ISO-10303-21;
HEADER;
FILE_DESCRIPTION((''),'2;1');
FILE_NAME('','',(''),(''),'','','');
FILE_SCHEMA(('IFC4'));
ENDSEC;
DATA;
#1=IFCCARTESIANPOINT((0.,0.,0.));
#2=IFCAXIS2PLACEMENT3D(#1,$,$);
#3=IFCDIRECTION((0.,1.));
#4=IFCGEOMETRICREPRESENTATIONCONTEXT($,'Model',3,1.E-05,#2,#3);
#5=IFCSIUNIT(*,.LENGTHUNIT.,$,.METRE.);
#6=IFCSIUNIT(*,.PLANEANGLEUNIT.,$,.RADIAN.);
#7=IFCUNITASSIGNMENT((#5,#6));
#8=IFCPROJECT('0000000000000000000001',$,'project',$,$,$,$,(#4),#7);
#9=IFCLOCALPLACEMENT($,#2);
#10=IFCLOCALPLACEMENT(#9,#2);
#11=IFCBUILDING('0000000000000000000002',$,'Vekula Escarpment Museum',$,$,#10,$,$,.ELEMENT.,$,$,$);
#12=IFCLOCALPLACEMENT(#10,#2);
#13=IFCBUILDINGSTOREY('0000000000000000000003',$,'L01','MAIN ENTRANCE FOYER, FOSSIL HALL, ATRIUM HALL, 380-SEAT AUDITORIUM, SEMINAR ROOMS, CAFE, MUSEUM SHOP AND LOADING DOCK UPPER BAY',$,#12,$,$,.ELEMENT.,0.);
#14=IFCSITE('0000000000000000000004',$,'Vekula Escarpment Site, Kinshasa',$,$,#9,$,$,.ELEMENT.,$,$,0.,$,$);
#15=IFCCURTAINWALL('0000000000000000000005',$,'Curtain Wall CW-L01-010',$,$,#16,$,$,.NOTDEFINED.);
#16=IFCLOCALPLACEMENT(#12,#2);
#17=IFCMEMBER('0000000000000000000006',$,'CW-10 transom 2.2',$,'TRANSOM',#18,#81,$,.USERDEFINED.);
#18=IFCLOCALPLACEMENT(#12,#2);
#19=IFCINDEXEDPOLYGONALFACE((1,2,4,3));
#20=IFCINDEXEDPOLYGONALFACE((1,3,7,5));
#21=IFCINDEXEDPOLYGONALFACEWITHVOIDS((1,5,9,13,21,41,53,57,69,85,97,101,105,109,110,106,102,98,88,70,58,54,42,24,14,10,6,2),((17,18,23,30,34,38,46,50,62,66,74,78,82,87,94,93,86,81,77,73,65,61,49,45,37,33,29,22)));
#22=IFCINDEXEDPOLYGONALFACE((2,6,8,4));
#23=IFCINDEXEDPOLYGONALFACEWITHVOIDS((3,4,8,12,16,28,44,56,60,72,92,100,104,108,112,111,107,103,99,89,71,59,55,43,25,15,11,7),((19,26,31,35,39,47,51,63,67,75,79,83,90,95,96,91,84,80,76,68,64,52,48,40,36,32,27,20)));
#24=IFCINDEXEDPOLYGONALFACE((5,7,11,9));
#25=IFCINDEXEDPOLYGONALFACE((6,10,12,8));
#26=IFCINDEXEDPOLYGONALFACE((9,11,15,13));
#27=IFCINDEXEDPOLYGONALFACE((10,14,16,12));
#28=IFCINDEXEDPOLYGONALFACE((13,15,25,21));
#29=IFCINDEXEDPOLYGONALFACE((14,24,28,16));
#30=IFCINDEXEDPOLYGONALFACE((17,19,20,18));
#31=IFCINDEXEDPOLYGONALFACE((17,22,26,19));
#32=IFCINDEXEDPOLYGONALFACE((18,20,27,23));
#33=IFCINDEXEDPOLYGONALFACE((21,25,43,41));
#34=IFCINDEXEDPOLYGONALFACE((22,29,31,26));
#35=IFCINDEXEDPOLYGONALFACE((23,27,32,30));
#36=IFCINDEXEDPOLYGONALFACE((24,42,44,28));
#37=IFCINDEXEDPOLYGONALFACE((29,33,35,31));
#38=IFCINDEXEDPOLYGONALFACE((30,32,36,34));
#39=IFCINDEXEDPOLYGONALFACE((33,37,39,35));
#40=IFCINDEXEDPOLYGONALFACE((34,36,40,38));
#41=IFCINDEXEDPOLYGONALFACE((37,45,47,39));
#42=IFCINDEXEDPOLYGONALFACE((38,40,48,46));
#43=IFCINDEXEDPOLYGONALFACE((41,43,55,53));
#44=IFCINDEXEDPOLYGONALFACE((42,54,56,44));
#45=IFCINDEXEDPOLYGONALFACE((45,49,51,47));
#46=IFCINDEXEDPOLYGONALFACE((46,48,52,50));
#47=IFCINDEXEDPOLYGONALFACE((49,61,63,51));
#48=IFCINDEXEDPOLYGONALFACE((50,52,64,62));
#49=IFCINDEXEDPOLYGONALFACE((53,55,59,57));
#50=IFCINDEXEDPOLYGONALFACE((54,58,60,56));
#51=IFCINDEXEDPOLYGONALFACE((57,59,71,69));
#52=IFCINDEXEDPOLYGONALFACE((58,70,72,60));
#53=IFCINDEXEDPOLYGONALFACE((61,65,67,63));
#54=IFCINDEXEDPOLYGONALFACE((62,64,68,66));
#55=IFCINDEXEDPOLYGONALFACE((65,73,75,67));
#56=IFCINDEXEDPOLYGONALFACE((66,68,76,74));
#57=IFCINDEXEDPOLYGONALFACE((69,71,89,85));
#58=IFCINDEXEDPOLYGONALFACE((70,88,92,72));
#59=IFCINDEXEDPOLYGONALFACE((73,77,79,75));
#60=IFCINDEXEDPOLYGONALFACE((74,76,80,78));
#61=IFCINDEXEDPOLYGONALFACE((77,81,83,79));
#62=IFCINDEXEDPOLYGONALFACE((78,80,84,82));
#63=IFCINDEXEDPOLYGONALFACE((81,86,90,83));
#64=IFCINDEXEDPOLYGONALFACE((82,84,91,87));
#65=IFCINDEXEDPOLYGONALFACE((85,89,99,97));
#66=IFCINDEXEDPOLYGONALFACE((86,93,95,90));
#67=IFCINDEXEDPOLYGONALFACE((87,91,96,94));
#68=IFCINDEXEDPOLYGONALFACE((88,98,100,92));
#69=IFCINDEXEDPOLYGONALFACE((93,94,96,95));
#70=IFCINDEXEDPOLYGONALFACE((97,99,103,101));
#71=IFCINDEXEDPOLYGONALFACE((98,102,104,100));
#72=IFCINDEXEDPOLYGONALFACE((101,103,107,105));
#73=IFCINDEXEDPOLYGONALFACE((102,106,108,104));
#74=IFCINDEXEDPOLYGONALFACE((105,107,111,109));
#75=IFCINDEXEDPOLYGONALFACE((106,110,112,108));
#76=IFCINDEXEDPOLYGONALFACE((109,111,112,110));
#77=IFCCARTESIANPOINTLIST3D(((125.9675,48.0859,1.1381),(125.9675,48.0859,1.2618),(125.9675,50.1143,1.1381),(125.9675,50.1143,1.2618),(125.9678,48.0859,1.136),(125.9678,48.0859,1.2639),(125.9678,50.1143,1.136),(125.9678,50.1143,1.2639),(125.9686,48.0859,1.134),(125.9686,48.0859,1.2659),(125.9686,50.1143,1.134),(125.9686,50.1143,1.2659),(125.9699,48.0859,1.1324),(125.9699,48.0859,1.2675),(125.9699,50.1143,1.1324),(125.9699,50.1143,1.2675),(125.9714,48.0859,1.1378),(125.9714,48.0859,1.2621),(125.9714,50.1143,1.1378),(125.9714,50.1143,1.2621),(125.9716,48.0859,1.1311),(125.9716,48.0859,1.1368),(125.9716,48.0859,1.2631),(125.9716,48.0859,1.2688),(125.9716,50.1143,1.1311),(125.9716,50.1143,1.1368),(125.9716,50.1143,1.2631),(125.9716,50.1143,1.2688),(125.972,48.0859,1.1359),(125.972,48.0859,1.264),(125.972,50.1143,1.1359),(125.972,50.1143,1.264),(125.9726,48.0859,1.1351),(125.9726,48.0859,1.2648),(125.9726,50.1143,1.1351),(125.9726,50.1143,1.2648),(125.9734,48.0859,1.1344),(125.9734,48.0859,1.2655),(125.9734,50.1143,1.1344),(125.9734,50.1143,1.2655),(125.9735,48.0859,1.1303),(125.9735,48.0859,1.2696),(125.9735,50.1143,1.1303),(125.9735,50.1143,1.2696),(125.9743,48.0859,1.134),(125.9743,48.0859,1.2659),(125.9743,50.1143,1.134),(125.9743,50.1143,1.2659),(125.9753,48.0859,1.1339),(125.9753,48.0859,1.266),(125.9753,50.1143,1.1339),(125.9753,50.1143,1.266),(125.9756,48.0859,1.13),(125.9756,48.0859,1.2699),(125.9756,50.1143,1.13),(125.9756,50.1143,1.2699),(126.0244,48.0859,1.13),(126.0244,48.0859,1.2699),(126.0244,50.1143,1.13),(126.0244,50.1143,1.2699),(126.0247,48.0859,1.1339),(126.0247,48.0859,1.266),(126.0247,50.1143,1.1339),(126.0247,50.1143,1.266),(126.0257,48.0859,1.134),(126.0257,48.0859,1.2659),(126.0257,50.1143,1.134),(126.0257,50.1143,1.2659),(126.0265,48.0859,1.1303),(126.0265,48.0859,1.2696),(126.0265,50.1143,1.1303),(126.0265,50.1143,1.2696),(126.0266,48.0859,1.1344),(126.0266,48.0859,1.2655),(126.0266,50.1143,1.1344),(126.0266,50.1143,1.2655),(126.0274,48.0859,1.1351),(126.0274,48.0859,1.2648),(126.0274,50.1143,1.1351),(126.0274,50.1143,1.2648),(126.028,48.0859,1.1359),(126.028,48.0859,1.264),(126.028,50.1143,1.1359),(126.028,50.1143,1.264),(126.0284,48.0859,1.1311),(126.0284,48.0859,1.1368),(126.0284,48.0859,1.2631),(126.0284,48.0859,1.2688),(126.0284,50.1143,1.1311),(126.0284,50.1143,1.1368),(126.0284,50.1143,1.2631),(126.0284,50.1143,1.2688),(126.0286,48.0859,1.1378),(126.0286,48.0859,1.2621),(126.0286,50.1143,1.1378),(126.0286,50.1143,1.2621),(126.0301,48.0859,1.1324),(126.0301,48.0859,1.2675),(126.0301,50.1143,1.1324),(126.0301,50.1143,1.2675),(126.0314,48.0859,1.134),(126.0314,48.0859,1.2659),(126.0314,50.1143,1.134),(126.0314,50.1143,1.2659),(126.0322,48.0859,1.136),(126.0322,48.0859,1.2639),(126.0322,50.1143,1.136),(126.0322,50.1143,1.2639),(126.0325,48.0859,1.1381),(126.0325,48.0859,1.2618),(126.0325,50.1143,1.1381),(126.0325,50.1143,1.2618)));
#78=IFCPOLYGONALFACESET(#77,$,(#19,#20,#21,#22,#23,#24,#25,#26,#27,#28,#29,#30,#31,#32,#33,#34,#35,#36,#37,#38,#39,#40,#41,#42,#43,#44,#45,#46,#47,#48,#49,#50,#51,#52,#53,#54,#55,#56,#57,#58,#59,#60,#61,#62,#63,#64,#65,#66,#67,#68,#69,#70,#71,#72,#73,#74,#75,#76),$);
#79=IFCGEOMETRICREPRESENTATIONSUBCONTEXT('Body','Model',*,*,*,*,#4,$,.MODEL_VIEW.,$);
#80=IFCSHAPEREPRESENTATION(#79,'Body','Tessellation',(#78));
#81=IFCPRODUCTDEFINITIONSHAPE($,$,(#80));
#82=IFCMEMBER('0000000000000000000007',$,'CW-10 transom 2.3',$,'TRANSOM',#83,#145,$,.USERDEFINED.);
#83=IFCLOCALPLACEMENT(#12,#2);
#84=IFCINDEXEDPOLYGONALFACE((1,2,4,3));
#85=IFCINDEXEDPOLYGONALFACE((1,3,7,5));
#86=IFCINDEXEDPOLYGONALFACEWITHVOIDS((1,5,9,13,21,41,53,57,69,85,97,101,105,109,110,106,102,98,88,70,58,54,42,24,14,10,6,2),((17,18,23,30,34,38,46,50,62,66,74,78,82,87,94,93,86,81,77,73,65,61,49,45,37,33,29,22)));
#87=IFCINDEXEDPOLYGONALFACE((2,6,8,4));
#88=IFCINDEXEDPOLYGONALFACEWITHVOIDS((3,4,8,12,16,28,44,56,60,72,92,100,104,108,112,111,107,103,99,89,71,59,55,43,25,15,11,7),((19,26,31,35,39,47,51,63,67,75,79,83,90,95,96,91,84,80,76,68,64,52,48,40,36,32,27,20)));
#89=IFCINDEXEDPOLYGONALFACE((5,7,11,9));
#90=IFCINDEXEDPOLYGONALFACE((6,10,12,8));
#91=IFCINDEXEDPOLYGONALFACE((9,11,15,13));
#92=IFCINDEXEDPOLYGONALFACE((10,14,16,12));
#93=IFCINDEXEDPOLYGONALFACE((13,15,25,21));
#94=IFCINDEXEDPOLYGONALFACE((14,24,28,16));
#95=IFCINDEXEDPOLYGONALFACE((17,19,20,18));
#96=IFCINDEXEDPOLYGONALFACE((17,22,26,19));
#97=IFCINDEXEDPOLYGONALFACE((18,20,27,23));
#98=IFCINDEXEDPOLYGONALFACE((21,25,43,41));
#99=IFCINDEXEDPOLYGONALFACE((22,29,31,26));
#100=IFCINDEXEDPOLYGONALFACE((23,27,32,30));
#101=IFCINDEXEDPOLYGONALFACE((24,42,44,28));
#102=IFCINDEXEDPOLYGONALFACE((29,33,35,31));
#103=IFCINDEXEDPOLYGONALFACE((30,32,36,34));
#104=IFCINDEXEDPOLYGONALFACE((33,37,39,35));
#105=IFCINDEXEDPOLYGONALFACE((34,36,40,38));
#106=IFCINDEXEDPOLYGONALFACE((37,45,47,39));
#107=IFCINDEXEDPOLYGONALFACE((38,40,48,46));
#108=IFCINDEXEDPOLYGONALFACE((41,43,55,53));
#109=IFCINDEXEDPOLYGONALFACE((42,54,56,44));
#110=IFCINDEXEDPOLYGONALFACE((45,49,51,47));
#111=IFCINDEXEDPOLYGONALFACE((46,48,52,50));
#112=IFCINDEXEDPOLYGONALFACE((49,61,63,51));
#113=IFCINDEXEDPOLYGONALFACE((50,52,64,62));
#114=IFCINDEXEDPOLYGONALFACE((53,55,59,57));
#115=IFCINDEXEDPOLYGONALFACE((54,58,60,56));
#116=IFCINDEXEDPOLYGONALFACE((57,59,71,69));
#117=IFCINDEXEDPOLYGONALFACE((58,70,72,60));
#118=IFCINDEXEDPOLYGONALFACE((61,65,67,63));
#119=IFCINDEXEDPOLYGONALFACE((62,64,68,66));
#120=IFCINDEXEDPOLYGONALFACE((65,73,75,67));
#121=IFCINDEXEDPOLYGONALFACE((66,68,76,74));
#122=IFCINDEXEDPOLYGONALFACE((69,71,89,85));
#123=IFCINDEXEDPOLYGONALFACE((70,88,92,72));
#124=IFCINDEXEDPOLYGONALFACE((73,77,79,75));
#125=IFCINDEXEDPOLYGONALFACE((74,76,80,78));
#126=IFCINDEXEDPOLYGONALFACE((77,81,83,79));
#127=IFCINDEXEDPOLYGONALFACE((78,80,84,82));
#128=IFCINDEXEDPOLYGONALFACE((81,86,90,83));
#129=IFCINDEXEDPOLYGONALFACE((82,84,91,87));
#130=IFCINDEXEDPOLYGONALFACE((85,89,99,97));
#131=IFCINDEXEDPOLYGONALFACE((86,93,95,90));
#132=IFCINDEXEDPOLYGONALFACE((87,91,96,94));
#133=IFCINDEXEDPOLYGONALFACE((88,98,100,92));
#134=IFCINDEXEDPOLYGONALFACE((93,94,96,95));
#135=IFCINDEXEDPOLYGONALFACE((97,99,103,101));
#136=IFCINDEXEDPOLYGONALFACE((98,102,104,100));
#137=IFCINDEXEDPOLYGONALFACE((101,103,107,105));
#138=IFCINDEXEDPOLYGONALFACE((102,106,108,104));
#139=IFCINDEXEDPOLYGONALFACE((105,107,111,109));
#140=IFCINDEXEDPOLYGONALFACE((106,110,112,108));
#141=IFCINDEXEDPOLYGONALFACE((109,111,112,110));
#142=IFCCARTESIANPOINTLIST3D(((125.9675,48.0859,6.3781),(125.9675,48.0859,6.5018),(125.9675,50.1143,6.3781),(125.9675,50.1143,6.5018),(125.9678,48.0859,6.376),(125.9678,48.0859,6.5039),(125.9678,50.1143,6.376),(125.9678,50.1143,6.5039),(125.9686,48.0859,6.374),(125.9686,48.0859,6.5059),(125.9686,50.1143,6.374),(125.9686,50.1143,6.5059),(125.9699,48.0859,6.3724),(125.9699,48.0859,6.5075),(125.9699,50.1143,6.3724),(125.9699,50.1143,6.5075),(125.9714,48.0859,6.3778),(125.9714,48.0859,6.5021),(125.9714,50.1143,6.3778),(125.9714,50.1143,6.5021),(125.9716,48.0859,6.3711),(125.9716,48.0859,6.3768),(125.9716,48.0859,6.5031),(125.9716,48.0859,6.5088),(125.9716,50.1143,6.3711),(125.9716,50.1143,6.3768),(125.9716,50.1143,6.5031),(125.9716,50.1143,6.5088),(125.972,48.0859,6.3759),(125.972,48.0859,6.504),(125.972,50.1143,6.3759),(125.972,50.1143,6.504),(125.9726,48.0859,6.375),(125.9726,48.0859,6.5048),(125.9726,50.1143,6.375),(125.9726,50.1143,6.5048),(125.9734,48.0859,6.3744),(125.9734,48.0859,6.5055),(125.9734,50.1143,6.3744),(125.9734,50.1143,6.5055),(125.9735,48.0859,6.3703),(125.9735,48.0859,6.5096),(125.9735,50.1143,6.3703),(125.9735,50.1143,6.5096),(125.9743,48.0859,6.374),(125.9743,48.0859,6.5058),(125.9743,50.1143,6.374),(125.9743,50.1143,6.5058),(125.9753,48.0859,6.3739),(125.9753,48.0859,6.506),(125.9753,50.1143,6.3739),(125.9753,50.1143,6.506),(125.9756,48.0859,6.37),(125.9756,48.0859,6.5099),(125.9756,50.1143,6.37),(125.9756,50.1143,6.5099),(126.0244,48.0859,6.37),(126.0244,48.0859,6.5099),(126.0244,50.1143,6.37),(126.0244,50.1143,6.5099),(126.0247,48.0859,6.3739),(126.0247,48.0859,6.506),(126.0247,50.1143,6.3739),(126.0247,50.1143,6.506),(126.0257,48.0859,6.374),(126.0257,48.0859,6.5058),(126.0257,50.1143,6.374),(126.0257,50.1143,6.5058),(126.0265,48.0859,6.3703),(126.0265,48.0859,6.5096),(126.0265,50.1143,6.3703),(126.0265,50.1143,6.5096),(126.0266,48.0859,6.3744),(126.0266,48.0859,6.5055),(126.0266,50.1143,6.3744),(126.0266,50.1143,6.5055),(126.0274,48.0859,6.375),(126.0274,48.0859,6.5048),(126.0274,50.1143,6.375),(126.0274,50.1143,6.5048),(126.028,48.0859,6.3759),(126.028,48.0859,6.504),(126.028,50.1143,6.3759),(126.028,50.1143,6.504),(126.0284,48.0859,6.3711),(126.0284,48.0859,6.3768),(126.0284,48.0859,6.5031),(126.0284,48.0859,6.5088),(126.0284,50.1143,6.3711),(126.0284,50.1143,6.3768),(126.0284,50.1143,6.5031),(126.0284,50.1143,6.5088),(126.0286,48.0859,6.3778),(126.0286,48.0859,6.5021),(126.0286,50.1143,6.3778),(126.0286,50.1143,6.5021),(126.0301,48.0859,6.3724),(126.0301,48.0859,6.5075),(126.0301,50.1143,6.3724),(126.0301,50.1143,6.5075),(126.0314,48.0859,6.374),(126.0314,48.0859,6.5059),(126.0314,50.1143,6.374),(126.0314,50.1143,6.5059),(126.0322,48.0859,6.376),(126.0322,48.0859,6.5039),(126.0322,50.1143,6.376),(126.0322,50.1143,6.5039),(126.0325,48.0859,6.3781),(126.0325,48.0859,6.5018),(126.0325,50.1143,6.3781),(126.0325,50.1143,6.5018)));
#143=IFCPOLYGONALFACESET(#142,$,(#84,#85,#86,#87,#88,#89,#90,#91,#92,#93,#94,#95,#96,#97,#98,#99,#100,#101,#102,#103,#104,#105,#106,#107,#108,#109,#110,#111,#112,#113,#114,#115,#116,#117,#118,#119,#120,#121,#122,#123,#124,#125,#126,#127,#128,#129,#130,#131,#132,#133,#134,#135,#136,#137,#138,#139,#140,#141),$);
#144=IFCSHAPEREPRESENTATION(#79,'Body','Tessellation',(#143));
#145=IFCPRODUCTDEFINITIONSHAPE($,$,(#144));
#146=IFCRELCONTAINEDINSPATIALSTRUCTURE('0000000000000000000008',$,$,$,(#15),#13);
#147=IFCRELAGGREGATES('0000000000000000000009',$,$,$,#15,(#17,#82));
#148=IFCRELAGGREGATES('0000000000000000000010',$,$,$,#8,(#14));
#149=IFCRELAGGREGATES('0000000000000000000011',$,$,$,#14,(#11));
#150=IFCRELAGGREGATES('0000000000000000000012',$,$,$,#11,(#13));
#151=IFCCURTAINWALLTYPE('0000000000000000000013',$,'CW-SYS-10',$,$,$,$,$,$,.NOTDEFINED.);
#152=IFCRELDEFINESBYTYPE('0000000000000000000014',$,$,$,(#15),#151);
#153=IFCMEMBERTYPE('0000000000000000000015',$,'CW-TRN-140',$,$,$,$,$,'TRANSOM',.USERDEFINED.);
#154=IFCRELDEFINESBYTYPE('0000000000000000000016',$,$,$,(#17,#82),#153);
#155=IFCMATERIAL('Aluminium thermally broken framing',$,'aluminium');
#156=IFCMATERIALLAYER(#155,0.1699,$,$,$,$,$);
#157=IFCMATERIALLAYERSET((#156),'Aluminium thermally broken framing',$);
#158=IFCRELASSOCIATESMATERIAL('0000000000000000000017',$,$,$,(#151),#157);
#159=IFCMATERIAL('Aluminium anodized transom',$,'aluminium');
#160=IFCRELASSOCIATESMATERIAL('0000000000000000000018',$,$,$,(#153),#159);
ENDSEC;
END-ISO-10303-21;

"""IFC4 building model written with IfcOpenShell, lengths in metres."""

from ifc_helpers import new_model, si_unit, direction, frame, origin, origin_2d, place, context, subcontext, project, spatial, hollow_rectangle, extrude, material, layer, layer_set, material_profile, profile_set, type_object, element, aggregate, save


model = new_model("IFC4")

# Units and contexts
model_context = context("Model", 3, precision=1e-05, world=origin(), true_north=direction((0.0, 1.0)))
body_context = subcontext(model_context, "Body", "Model", "MODEL_VIEW")
ifc_project = project(units=[si_unit("LENGTHUNIT", "METRE"), si_unit("PLANEANGLEUNIT", "RADIAN")], contexts=[model_context])

# Site, building, storey
site_placement = place(None, origin())
site = spatial("IfcSite", under=ifc_project, at=site_placement, Name="Vekula Escarpment Site, Kinshasa", CompositionType="ELEMENT", RefElevation=0.0)
building_placement = place(site_placement, origin())
building = spatial("IfcBuilding", under=site, at=building_placement, Name="Vekula Escarpment Museum", CompositionType="ELEMENT")
storey_placement = place(building_placement, origin())
storey = spatial("IfcBuildingStorey", under=building, at=storey_placement, Name="L01", Description="MAIN ENTRANCE FOYER, FOSSIL HALL, ATRIUM HALL, 380-SEAT AUDITORIUM, SEMINAR ROOMS, CAFE, MUSEUM SHOP AND LOADING DOCK UPPER BAY", CompositionType="ELEMENT", Elevation=0.0)

# Curtain wall
ifc_material_1 = material(Name="Aluminium thermally broken framing", Category="aluminium")
ifc_layer_1 = layer(ifc_material_1, 0.1699)
ifc_layer_set_1 = layer_set([ifc_layer_1], Name="Aluminium thermally broken framing")
curtain_wall_type_1 = type_object("IfcCurtainWallType", Name="CW-SYS-10", PredefinedType="NOTDEFINED", material=ifc_layer_set_1)
curtain_wall_1_placement = place(storey_placement, origin())
curtain_wall_1 = element("IfcCurtainWall", 1, at=curtain_wall_1_placement, inside=storey, type_object=curtain_wall_type_1, Name="Curtain Wall CW-L01-010", PredefinedType="NOTDEFINED")

# Members
ifc_material_2 = material(Name="Aluminium anodized transom", Category="aluminium")
ifc_material_profile_1 = material_profile(ifc_material_2, hollow_rectangle(XDim=0.0649, YDim=0.1399, WallThickness=0.0039, InnerFilletRadius=0.0039, OuterFilletRadius=0.0081, at=origin_2d()), Name="ALU 140x65x4")
ifc_profile_set_1 = profile_set([ifc_material_profile_1], Name="Aluminium anodized transom")
member_type_1 = type_object("IfcMemberType", Name="CW-TRN-140", ElementType="TRANSOM", PredefinedType="USERDEFINED", material=ifc_profile_set_1)
member_1_placement = place(storey_placement, frame((126.0, 48.0859, 1.2), z_axis=(0.0, 1.0, 0.0), x_axis=(-1.0, 0.0, 0.0)))
member_1 = element("IfcMember", 2, at=member_1_placement, type_object=member_type_1, Name="CW-10 transom 2.2", ObjectType="TRANSOM", PredefinedType="USERDEFINED", context=body_context, shape_type="SweptSolid", body=[
    extrude(hollow_rectangle(XDim=0.0649, YDim=0.1399, WallThickness=0.0039, InnerFilletRadius=0.0039, OuterFilletRadius=0.0081, at=origin_2d()), origin(), (0.0, 0.0, 1.0), 2.0283),
])
member_2_placement = place(storey_placement, frame((126.0, 48.0859, 6.4399), z_axis=(0.0, 1.0, 0.0), x_axis=(-1.0, 0.0, 0.0)))
member_2 = element("IfcMember", 3, at=member_2_placement, type_object=member_type_1, Name="CW-10 transom 2.3", ObjectType="TRANSOM", PredefinedType="USERDEFINED", context=body_context, shape_type="SweptSolid", body=[
    extrude(hollow_rectangle(XDim=0.0649, YDim=0.1399, WallThickness=0.0039, InnerFilletRadius=0.0039, OuterFilletRadius=0.0081, at=origin_2d()), origin(), (0.0, 0.0, 1.0), 2.0283),
])

aggregate(curtain_wall_1, [member_1, member_2])

save(model, "model.ifc")
